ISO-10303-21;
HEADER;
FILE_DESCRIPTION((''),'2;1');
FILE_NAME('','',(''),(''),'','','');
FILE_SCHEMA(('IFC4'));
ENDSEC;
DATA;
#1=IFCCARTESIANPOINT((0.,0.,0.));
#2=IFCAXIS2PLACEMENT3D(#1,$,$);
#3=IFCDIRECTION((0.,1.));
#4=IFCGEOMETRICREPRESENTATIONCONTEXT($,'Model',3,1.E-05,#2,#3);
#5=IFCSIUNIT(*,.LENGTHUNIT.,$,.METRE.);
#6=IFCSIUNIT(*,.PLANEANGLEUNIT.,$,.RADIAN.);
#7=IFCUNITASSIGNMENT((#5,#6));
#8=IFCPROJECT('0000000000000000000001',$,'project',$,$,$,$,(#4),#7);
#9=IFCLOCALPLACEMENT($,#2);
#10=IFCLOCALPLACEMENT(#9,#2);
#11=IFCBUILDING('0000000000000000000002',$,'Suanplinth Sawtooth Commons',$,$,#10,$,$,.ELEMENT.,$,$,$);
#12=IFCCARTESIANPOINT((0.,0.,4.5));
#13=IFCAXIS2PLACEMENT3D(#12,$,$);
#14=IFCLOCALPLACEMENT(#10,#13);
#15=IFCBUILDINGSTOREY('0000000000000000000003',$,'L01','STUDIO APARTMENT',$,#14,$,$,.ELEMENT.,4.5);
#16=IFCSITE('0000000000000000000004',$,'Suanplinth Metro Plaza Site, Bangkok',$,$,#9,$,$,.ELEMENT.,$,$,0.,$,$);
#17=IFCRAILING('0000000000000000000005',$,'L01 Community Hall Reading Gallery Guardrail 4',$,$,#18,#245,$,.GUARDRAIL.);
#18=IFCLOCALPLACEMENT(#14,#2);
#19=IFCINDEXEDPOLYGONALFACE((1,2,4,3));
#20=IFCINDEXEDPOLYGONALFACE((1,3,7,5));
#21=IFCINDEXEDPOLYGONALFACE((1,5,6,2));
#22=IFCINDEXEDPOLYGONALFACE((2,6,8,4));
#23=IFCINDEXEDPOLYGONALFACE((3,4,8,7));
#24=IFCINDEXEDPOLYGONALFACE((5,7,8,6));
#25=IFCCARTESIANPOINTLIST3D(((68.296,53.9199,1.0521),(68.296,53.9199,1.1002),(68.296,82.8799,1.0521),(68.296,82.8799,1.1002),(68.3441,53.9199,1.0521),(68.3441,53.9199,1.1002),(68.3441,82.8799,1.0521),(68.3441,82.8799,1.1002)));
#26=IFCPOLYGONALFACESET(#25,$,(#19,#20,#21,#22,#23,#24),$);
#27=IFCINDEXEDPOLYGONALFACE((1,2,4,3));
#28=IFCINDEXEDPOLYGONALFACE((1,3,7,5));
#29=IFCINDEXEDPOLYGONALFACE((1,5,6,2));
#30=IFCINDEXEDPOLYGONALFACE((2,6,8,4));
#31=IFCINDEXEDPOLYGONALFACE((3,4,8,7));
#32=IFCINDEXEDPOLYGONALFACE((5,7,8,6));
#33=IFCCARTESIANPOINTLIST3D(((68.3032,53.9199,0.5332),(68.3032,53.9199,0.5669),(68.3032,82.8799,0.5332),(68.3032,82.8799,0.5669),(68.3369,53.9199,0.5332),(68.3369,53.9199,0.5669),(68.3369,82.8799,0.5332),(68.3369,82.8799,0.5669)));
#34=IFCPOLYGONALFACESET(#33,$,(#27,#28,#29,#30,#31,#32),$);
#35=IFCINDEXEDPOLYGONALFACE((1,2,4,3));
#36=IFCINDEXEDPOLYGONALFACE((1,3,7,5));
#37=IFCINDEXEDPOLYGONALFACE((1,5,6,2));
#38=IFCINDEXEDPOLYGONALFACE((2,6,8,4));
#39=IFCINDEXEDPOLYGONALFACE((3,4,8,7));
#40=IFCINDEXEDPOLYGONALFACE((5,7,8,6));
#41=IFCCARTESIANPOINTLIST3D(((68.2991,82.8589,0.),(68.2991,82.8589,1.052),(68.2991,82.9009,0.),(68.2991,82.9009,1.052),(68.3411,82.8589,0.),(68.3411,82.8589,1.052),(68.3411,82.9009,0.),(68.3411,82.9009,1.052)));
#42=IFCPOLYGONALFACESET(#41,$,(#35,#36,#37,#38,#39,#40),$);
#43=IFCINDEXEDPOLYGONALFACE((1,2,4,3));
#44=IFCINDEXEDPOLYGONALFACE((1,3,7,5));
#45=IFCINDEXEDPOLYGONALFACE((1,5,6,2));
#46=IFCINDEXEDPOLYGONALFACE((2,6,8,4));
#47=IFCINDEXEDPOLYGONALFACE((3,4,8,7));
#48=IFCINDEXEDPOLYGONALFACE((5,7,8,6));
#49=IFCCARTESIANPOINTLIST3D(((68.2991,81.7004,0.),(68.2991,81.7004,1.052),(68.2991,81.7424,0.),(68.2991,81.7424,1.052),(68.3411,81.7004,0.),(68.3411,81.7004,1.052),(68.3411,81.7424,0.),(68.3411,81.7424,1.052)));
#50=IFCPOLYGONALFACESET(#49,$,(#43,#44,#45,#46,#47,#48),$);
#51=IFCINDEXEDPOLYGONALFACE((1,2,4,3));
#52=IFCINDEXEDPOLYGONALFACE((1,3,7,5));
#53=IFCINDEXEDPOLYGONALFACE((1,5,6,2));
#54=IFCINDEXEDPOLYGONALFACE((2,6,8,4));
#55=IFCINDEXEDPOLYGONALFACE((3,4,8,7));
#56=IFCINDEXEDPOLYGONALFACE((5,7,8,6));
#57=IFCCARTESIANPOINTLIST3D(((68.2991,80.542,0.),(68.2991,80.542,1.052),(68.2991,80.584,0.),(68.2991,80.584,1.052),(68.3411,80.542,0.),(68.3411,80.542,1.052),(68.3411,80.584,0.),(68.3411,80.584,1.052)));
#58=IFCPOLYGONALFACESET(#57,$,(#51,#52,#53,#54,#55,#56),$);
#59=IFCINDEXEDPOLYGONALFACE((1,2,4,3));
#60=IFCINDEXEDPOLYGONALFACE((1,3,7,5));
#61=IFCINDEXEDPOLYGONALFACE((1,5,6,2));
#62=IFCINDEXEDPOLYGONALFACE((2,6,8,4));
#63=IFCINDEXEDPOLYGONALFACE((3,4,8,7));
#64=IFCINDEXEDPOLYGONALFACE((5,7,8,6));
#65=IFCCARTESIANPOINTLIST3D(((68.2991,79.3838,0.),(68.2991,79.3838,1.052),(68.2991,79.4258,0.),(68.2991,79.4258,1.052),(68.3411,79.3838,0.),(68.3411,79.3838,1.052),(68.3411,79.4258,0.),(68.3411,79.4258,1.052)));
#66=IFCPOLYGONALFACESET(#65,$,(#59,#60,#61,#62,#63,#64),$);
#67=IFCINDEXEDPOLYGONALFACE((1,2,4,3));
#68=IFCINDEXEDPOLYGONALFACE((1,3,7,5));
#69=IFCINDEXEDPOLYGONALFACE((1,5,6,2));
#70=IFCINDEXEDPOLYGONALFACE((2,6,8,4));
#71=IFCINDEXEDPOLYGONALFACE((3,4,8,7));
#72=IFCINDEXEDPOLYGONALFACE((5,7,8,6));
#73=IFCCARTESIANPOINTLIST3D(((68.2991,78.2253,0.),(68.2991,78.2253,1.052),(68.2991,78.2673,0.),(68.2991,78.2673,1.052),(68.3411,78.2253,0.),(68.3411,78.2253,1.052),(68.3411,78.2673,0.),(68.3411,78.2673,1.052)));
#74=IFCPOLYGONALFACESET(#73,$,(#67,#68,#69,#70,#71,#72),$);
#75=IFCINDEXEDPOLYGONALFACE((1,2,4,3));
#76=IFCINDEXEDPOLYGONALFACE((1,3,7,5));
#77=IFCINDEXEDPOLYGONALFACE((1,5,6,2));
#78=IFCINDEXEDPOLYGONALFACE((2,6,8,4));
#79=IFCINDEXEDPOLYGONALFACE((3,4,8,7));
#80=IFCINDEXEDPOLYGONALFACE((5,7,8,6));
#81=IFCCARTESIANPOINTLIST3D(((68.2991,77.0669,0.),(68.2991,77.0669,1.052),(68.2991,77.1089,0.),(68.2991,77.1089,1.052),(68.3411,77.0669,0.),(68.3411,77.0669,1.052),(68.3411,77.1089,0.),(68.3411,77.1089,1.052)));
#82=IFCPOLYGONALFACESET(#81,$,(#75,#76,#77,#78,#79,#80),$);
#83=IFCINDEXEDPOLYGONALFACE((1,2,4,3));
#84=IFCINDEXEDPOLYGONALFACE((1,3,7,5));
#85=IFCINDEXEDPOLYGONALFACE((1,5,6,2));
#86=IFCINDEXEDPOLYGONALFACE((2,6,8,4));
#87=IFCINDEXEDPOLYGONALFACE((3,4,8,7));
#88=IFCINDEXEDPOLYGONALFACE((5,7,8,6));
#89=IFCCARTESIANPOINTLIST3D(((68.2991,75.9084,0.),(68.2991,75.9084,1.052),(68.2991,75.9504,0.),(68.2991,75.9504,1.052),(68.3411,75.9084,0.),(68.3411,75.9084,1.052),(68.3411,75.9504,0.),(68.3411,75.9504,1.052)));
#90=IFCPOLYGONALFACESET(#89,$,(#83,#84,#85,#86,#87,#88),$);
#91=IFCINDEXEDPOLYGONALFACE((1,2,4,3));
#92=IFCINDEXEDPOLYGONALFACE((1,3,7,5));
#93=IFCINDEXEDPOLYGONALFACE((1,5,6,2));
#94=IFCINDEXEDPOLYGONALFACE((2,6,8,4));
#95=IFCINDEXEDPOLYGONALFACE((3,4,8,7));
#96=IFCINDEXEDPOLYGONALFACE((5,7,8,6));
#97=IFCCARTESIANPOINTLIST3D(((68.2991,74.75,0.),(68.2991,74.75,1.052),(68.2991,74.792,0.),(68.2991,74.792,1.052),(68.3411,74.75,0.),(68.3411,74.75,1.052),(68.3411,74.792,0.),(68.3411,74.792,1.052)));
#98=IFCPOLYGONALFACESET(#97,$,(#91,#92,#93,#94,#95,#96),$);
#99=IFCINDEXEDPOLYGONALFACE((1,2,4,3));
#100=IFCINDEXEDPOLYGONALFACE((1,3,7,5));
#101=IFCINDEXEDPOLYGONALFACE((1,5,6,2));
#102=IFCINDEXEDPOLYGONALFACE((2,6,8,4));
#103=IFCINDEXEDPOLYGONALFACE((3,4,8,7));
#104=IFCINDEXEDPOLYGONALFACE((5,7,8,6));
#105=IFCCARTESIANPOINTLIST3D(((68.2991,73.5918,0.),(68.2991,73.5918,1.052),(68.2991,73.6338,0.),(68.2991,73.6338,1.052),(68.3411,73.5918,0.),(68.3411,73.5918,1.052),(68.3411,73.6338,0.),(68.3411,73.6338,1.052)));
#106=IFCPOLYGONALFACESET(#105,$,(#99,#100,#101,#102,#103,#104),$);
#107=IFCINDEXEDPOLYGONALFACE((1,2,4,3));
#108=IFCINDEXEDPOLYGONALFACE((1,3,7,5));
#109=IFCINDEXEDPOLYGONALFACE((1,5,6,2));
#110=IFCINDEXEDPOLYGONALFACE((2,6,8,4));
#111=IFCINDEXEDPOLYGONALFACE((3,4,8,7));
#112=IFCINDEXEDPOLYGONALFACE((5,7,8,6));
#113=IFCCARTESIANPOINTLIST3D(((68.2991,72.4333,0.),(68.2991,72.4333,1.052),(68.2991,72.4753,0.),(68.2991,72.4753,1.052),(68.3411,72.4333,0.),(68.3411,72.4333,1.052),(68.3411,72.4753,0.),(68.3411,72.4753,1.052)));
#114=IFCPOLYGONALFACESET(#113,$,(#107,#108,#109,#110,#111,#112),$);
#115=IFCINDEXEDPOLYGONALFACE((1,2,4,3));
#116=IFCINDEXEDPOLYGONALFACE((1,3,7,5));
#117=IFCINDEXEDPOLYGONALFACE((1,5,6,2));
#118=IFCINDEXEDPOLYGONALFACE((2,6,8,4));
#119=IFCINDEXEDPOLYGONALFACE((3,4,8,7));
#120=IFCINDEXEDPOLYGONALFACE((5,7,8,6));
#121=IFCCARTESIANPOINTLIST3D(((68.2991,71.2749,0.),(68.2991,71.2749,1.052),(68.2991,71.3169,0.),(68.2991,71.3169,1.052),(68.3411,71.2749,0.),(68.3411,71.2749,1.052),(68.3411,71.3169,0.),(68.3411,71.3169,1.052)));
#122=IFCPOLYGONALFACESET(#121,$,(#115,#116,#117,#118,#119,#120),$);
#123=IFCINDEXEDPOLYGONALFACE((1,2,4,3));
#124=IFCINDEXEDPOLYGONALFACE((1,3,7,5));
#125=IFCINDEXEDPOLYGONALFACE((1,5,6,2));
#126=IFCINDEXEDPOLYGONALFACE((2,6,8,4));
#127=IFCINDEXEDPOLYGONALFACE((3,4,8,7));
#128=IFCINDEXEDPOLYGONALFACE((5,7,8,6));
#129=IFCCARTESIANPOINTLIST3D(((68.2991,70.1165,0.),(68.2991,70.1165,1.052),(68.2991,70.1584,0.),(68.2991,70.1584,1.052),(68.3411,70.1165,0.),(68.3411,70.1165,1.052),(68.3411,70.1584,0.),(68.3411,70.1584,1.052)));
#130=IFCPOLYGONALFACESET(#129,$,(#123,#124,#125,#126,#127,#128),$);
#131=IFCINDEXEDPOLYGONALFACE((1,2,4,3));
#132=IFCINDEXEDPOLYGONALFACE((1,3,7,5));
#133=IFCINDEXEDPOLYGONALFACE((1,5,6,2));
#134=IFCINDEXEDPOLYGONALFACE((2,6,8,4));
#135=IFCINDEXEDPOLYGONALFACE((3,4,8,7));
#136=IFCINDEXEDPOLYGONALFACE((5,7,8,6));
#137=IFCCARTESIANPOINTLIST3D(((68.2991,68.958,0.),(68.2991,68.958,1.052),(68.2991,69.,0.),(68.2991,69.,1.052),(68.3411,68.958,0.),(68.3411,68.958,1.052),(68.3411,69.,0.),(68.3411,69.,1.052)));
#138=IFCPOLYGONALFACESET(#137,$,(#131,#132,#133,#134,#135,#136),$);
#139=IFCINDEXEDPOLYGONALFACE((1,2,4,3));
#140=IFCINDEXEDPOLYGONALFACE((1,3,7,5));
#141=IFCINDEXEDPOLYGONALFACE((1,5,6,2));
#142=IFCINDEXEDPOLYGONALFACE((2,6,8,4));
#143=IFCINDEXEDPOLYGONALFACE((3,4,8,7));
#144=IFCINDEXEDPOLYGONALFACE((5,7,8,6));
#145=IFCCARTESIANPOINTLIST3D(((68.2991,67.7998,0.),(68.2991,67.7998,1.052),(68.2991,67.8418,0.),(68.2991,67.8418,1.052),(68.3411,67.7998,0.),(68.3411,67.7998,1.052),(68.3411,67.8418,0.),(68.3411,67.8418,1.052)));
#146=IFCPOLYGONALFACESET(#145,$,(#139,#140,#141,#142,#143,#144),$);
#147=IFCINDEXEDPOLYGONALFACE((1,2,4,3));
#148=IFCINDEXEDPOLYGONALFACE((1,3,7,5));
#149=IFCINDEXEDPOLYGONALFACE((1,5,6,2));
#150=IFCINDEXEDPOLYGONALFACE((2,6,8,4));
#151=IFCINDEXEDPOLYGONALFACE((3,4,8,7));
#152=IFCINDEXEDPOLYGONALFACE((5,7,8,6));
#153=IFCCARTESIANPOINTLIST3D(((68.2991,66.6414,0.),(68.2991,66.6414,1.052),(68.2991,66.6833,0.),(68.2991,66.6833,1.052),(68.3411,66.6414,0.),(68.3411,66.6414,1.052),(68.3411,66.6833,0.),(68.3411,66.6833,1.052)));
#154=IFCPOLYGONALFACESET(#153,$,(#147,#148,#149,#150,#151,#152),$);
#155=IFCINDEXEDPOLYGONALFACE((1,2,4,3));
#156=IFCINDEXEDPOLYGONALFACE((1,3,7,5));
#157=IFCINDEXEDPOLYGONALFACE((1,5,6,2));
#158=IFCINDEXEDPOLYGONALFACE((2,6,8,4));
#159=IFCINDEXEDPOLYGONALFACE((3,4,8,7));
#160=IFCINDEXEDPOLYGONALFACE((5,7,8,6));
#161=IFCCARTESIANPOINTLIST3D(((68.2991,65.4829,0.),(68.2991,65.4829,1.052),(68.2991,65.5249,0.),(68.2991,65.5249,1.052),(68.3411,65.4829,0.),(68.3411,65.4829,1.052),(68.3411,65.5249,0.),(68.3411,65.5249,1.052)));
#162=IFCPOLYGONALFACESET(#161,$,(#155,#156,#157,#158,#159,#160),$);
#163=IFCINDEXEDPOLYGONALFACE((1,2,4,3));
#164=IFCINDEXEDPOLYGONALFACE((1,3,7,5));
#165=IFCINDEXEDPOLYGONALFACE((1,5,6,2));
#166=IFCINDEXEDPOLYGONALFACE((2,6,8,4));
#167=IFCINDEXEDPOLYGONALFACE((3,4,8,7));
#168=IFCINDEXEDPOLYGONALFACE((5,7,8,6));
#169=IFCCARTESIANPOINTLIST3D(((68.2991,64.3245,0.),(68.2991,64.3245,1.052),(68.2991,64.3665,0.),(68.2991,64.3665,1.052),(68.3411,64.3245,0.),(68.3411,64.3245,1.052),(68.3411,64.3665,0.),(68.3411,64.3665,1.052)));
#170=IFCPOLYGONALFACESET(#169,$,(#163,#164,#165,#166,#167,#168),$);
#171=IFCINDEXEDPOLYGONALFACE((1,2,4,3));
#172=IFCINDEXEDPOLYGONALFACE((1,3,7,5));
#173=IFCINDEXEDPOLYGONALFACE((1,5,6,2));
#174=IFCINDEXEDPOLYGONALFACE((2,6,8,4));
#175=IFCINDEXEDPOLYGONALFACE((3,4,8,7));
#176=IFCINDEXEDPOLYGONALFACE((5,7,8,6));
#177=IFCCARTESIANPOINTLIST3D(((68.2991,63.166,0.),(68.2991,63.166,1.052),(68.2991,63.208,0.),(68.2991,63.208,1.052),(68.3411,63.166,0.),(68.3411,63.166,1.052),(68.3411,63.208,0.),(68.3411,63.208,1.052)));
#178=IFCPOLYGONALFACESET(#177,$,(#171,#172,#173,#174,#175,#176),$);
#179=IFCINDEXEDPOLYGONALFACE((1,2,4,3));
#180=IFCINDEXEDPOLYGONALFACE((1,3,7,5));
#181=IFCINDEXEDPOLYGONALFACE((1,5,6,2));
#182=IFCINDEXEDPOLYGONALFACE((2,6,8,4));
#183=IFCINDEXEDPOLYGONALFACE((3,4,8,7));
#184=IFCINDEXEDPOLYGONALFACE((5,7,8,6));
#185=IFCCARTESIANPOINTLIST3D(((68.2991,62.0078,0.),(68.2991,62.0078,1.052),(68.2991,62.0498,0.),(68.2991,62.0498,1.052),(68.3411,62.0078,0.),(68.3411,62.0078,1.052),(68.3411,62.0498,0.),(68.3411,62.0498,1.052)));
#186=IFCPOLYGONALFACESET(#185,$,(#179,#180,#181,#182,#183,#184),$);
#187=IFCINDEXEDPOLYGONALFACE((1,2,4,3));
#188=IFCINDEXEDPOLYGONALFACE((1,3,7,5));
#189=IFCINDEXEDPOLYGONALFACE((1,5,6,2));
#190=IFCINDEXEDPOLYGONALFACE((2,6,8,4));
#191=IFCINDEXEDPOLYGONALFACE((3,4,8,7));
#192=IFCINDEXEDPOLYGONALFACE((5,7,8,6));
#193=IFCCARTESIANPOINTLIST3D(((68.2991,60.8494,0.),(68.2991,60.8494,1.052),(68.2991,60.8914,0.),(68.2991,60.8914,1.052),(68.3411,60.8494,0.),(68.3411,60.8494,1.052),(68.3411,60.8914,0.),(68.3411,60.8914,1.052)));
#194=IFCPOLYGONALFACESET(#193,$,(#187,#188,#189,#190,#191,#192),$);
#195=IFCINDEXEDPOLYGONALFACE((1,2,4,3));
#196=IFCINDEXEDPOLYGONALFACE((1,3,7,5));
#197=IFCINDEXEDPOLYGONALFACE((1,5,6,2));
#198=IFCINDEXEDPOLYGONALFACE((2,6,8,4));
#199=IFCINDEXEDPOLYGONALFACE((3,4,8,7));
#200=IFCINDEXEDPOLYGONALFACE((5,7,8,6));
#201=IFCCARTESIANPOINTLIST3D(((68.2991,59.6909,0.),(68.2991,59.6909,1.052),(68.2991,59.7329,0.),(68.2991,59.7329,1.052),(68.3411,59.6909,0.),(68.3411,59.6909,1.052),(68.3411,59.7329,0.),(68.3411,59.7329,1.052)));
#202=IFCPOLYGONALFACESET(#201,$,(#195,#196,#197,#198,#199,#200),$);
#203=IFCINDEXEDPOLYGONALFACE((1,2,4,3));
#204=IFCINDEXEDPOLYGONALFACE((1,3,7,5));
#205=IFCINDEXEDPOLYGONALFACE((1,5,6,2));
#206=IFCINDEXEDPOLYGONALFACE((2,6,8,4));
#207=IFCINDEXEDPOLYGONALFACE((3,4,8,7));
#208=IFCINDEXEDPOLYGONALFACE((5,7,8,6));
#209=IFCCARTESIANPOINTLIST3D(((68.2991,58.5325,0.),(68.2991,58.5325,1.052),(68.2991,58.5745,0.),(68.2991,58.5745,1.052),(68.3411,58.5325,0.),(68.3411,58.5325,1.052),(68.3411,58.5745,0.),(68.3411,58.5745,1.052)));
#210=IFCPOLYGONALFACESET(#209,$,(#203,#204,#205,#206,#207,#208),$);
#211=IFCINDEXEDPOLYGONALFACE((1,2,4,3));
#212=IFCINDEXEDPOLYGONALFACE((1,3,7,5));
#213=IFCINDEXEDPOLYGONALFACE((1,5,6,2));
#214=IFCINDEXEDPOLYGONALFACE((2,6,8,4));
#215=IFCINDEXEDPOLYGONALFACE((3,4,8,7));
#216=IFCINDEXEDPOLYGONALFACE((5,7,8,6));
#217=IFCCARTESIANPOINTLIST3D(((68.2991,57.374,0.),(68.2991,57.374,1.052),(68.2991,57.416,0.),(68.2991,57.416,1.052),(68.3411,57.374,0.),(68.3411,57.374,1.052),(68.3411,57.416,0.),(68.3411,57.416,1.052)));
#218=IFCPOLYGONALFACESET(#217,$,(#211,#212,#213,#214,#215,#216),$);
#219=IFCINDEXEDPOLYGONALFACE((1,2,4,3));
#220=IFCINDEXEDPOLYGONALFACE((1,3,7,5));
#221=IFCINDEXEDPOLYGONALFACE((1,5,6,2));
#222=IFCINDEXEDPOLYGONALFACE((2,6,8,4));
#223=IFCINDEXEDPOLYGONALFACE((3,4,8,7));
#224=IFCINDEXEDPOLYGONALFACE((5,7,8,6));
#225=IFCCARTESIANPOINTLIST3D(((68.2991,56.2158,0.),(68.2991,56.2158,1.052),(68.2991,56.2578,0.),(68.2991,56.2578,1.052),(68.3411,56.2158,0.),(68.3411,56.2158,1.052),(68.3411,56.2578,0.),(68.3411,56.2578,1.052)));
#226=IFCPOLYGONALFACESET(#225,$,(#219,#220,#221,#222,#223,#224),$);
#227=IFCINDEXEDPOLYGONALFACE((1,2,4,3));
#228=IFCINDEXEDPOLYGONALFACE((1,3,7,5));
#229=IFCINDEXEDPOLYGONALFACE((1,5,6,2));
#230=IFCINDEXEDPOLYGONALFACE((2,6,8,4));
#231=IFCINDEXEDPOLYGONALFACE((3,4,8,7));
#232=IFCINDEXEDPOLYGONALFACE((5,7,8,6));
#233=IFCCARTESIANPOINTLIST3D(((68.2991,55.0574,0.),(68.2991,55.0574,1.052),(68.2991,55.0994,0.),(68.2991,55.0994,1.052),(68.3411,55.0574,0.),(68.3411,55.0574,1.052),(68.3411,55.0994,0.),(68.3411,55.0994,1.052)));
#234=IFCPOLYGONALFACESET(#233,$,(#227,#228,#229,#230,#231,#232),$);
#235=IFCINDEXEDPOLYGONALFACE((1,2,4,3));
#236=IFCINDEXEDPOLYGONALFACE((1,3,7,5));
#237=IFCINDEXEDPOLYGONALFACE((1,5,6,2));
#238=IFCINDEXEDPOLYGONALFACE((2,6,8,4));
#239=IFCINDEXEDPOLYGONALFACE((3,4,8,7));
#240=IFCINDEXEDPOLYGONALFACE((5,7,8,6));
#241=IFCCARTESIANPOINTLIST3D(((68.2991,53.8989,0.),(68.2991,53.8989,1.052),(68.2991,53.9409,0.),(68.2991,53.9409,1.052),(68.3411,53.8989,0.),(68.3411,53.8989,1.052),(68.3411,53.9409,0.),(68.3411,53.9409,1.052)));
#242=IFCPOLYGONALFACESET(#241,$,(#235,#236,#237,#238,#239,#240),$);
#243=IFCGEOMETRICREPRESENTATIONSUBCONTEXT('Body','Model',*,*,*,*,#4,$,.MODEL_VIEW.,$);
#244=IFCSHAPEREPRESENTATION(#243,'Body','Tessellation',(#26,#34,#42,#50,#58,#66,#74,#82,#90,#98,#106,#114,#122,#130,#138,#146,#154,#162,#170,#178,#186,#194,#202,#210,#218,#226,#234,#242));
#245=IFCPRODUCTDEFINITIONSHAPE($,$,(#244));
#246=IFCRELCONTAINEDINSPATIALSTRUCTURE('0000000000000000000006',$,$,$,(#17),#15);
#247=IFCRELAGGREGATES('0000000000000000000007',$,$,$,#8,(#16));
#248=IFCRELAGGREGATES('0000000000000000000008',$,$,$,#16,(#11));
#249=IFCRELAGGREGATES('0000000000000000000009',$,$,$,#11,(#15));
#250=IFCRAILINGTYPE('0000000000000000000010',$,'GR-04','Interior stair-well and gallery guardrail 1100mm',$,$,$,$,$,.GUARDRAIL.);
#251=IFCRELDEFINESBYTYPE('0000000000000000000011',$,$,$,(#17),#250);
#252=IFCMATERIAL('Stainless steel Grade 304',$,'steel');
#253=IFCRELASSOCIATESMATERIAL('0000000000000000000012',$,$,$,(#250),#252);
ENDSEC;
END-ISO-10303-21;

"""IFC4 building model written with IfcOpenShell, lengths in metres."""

from ifc_helpers import new_model, si_unit, direction, frame, origin, origin_2d, place, context, subcontext, project, spatial, rectangle, extrude, material, type_object, element, save


model = new_model("IFC4")

# Units and contexts
model_context = context("Model", 3, precision=1e-05, world=origin(), true_north=direction((0.0, 1.0)))
body_context = subcontext(model_context, "Body", "Model", "MODEL_VIEW")
ifc_project = project(units=[si_unit("LENGTHUNIT", "METRE"), si_unit("PLANEANGLEUNIT", "RADIAN")], contexts=[model_context])

# Site, building, storey
site_placement = place(None, origin())
site = spatial("IfcSite", under=ifc_project, at=site_placement, Name="Suanplinth Metro Plaza Site, Bangkok", CompositionType="ELEMENT", RefElevation=0.0)
building_placement = place(site_placement, origin())
building = spatial("IfcBuilding", under=site, at=building_placement, Name="Suanplinth Sawtooth Commons", CompositionType="ELEMENT")
storey_placement = place(building_placement, frame((0.0, 0.0, 4.5)))
storey = spatial("IfcBuildingStorey", under=building, at=storey_placement, Name="L01", Description="STUDIO APARTMENT", CompositionType="ELEMENT", Elevation=4.5)

# Railing
ifc_material_1 = material(Name="Stainless steel Grade 304", Category="steel")
railing_type = type_object("IfcRailingType", Name="GR-04", Description="Interior stair-well and gallery guardrail 1100mm", PredefinedType="GUARDRAIL", material=ifc_material_1)
railing_placement = place(storey_placement, frame((68.3201, 82.8799, 0.0)))
element("IfcRailing", 1, at=railing_placement, inside=storey, type_object=railing_type, Name="L01 Community Hall Reading Gallery Guardrail 4", PredefinedType="GUARDRAIL", context=body_context, shape_type="SweptSolid", body=[
    extrude(rectangle(XDim=0.0481, YDim=0.0481, at=origin_2d()), frame((0.0, 0.0, 1.0762), z_axis=(0.0, -1.0, 0.0), x_axis=(1.0, 0.0, 0.0)), (0.0, 0.0, 1.0), 28.96),
    extrude(rectangle(XDim=0.0337, YDim=0.0337, at=origin_2d()), frame((0.0, 0.0, 0.55), z_axis=(0.0, -1.0, 0.0), x_axis=(1.0, 0.0, 0.0)), (0.0, 0.0, 1.0), 28.96),
    extrude(rectangle(XDim=0.042, YDim=0.042, at=origin_2d()), origin(), (0.0, 0.0, 1.0), 1.052),
    extrude(rectangle(XDim=0.042, YDim=0.042, at=origin_2d()), frame((0.0, -1.1584, 0.0)), (0.0, 0.0, 1.0), 1.052),
    extrude(rectangle(XDim=0.042, YDim=0.042, at=origin_2d()), frame((0.0, -2.3169, 0.0)), (0.0, 0.0, 1.0), 1.052),
    extrude(rectangle(XDim=0.042, YDim=0.042, at=origin_2d()), frame((0.0, -3.4751, 0.0)), (0.0, 0.0, 1.0), 1.052),
    extrude(rectangle(XDim=0.042, YDim=0.042, at=origin_2d()), frame((0.0, -4.6335, 0.0)), (0.0, 0.0, 1.0), 1.052),
    extrude(rectangle(XDim=0.042, YDim=0.042, at=origin_2d()), frame((0.0, -5.792, 0.0)), (0.0, 0.0, 1.0), 1.052),
    extrude(rectangle(XDim=0.042, YDim=0.042, at=origin_2d()), frame((0.0, -6.9504, 0.0)), (0.0, 0.0, 1.0), 1.052),
    extrude(rectangle(XDim=0.042, YDim=0.042, at=origin_2d()), frame((0.0, -8.1089, 0.0)), (0.0, 0.0, 1.0), 1.052),
    extrude(rectangle(XDim=0.042, YDim=0.042, at=origin_2d()), frame((0.0, -9.2671, 0.0)), (0.0, 0.0, 1.0), 1.052),
    extrude(rectangle(XDim=0.042, YDim=0.042, at=origin_2d()), frame((0.0, -10.4255, 0.0)), (0.0, 0.0, 1.0), 1.052),
    extrude(rectangle(XDim=0.042, YDim=0.042, at=origin_2d()), frame((0.0, -11.584, 0.0)), (0.0, 0.0, 1.0), 1.052),
    extrude(rectangle(XDim=0.042, YDim=0.042, at=origin_2d()), frame((0.0, -12.7424, 0.0)), (0.0, 0.0, 1.0), 1.052),
    extrude(rectangle(XDim=0.042, YDim=0.042, at=origin_2d()), frame((0.0, -13.9009, 0.0)), (0.0, 0.0, 1.0), 1.052),
    extrude(rectangle(XDim=0.042, YDim=0.042, at=origin_2d()), frame((0.0, -15.0591, 0.0)), (0.0, 0.0, 1.0), 1.052),
    extrude(rectangle(XDim=0.042, YDim=0.042, at=origin_2d()), frame((0.0, -16.2175, 0.0)), (0.0, 0.0, 1.0), 1.052),
    extrude(rectangle(XDim=0.042, YDim=0.042, at=origin_2d()), frame((0.0, -17.376, 0.0)), (0.0, 0.0, 1.0), 1.052),
    extrude(rectangle(XDim=0.042, YDim=0.042, at=origin_2d()), frame((0.0, -18.5344, 0.0)), (0.0, 0.0, 1.0), 1.052),
    extrude(rectangle(XDim=0.042, YDim=0.042, at=origin_2d()), frame((0.0, -19.6929, 0.0)), (0.0, 0.0, 1.0), 1.052),
    extrude(rectangle(XDim=0.042, YDim=0.042, at=origin_2d()), frame((0.0, -20.8511, 0.0)), (0.0, 0.0, 1.0), 1.052),
    extrude(rectangle(XDim=0.042, YDim=0.042, at=origin_2d()), frame((0.0, -22.0095, 0.0)), (0.0, 0.0, 1.0), 1.052),
    extrude(rectangle(XDim=0.042, YDim=0.042, at=origin_2d()), frame((0.0, -23.168, 0.0)), (0.0, 0.0, 1.0), 1.052),
    extrude(rectangle(XDim=0.042, YDim=0.042, at=origin_2d()), frame((0.0, -24.3264, 0.0)), (0.0, 0.0, 1.0), 1.052),
    extrude(rectangle(XDim=0.042, YDim=0.042, at=origin_2d()), frame((0.0, -25.4849, 0.0)), (0.0, 0.0, 1.0), 1.052),
    extrude(rectangle(XDim=0.042, YDim=0.042, at=origin_2d()), frame((0.0, -26.6431, 0.0)), (0.0, 0.0, 1.0), 1.052),
    extrude(rectangle(XDim=0.042, YDim=0.042, at=origin_2d()), frame((0.0, -27.8015, 0.0)), (0.0, 0.0, 1.0), 1.052),
    extrude(rectangle(XDim=0.042, YDim=0.042, at=origin_2d()), frame((0.0, -28.96, 0.0)), (0.0, 0.0, 1.0), 1.052),
])

save(model, "model.ifc")
